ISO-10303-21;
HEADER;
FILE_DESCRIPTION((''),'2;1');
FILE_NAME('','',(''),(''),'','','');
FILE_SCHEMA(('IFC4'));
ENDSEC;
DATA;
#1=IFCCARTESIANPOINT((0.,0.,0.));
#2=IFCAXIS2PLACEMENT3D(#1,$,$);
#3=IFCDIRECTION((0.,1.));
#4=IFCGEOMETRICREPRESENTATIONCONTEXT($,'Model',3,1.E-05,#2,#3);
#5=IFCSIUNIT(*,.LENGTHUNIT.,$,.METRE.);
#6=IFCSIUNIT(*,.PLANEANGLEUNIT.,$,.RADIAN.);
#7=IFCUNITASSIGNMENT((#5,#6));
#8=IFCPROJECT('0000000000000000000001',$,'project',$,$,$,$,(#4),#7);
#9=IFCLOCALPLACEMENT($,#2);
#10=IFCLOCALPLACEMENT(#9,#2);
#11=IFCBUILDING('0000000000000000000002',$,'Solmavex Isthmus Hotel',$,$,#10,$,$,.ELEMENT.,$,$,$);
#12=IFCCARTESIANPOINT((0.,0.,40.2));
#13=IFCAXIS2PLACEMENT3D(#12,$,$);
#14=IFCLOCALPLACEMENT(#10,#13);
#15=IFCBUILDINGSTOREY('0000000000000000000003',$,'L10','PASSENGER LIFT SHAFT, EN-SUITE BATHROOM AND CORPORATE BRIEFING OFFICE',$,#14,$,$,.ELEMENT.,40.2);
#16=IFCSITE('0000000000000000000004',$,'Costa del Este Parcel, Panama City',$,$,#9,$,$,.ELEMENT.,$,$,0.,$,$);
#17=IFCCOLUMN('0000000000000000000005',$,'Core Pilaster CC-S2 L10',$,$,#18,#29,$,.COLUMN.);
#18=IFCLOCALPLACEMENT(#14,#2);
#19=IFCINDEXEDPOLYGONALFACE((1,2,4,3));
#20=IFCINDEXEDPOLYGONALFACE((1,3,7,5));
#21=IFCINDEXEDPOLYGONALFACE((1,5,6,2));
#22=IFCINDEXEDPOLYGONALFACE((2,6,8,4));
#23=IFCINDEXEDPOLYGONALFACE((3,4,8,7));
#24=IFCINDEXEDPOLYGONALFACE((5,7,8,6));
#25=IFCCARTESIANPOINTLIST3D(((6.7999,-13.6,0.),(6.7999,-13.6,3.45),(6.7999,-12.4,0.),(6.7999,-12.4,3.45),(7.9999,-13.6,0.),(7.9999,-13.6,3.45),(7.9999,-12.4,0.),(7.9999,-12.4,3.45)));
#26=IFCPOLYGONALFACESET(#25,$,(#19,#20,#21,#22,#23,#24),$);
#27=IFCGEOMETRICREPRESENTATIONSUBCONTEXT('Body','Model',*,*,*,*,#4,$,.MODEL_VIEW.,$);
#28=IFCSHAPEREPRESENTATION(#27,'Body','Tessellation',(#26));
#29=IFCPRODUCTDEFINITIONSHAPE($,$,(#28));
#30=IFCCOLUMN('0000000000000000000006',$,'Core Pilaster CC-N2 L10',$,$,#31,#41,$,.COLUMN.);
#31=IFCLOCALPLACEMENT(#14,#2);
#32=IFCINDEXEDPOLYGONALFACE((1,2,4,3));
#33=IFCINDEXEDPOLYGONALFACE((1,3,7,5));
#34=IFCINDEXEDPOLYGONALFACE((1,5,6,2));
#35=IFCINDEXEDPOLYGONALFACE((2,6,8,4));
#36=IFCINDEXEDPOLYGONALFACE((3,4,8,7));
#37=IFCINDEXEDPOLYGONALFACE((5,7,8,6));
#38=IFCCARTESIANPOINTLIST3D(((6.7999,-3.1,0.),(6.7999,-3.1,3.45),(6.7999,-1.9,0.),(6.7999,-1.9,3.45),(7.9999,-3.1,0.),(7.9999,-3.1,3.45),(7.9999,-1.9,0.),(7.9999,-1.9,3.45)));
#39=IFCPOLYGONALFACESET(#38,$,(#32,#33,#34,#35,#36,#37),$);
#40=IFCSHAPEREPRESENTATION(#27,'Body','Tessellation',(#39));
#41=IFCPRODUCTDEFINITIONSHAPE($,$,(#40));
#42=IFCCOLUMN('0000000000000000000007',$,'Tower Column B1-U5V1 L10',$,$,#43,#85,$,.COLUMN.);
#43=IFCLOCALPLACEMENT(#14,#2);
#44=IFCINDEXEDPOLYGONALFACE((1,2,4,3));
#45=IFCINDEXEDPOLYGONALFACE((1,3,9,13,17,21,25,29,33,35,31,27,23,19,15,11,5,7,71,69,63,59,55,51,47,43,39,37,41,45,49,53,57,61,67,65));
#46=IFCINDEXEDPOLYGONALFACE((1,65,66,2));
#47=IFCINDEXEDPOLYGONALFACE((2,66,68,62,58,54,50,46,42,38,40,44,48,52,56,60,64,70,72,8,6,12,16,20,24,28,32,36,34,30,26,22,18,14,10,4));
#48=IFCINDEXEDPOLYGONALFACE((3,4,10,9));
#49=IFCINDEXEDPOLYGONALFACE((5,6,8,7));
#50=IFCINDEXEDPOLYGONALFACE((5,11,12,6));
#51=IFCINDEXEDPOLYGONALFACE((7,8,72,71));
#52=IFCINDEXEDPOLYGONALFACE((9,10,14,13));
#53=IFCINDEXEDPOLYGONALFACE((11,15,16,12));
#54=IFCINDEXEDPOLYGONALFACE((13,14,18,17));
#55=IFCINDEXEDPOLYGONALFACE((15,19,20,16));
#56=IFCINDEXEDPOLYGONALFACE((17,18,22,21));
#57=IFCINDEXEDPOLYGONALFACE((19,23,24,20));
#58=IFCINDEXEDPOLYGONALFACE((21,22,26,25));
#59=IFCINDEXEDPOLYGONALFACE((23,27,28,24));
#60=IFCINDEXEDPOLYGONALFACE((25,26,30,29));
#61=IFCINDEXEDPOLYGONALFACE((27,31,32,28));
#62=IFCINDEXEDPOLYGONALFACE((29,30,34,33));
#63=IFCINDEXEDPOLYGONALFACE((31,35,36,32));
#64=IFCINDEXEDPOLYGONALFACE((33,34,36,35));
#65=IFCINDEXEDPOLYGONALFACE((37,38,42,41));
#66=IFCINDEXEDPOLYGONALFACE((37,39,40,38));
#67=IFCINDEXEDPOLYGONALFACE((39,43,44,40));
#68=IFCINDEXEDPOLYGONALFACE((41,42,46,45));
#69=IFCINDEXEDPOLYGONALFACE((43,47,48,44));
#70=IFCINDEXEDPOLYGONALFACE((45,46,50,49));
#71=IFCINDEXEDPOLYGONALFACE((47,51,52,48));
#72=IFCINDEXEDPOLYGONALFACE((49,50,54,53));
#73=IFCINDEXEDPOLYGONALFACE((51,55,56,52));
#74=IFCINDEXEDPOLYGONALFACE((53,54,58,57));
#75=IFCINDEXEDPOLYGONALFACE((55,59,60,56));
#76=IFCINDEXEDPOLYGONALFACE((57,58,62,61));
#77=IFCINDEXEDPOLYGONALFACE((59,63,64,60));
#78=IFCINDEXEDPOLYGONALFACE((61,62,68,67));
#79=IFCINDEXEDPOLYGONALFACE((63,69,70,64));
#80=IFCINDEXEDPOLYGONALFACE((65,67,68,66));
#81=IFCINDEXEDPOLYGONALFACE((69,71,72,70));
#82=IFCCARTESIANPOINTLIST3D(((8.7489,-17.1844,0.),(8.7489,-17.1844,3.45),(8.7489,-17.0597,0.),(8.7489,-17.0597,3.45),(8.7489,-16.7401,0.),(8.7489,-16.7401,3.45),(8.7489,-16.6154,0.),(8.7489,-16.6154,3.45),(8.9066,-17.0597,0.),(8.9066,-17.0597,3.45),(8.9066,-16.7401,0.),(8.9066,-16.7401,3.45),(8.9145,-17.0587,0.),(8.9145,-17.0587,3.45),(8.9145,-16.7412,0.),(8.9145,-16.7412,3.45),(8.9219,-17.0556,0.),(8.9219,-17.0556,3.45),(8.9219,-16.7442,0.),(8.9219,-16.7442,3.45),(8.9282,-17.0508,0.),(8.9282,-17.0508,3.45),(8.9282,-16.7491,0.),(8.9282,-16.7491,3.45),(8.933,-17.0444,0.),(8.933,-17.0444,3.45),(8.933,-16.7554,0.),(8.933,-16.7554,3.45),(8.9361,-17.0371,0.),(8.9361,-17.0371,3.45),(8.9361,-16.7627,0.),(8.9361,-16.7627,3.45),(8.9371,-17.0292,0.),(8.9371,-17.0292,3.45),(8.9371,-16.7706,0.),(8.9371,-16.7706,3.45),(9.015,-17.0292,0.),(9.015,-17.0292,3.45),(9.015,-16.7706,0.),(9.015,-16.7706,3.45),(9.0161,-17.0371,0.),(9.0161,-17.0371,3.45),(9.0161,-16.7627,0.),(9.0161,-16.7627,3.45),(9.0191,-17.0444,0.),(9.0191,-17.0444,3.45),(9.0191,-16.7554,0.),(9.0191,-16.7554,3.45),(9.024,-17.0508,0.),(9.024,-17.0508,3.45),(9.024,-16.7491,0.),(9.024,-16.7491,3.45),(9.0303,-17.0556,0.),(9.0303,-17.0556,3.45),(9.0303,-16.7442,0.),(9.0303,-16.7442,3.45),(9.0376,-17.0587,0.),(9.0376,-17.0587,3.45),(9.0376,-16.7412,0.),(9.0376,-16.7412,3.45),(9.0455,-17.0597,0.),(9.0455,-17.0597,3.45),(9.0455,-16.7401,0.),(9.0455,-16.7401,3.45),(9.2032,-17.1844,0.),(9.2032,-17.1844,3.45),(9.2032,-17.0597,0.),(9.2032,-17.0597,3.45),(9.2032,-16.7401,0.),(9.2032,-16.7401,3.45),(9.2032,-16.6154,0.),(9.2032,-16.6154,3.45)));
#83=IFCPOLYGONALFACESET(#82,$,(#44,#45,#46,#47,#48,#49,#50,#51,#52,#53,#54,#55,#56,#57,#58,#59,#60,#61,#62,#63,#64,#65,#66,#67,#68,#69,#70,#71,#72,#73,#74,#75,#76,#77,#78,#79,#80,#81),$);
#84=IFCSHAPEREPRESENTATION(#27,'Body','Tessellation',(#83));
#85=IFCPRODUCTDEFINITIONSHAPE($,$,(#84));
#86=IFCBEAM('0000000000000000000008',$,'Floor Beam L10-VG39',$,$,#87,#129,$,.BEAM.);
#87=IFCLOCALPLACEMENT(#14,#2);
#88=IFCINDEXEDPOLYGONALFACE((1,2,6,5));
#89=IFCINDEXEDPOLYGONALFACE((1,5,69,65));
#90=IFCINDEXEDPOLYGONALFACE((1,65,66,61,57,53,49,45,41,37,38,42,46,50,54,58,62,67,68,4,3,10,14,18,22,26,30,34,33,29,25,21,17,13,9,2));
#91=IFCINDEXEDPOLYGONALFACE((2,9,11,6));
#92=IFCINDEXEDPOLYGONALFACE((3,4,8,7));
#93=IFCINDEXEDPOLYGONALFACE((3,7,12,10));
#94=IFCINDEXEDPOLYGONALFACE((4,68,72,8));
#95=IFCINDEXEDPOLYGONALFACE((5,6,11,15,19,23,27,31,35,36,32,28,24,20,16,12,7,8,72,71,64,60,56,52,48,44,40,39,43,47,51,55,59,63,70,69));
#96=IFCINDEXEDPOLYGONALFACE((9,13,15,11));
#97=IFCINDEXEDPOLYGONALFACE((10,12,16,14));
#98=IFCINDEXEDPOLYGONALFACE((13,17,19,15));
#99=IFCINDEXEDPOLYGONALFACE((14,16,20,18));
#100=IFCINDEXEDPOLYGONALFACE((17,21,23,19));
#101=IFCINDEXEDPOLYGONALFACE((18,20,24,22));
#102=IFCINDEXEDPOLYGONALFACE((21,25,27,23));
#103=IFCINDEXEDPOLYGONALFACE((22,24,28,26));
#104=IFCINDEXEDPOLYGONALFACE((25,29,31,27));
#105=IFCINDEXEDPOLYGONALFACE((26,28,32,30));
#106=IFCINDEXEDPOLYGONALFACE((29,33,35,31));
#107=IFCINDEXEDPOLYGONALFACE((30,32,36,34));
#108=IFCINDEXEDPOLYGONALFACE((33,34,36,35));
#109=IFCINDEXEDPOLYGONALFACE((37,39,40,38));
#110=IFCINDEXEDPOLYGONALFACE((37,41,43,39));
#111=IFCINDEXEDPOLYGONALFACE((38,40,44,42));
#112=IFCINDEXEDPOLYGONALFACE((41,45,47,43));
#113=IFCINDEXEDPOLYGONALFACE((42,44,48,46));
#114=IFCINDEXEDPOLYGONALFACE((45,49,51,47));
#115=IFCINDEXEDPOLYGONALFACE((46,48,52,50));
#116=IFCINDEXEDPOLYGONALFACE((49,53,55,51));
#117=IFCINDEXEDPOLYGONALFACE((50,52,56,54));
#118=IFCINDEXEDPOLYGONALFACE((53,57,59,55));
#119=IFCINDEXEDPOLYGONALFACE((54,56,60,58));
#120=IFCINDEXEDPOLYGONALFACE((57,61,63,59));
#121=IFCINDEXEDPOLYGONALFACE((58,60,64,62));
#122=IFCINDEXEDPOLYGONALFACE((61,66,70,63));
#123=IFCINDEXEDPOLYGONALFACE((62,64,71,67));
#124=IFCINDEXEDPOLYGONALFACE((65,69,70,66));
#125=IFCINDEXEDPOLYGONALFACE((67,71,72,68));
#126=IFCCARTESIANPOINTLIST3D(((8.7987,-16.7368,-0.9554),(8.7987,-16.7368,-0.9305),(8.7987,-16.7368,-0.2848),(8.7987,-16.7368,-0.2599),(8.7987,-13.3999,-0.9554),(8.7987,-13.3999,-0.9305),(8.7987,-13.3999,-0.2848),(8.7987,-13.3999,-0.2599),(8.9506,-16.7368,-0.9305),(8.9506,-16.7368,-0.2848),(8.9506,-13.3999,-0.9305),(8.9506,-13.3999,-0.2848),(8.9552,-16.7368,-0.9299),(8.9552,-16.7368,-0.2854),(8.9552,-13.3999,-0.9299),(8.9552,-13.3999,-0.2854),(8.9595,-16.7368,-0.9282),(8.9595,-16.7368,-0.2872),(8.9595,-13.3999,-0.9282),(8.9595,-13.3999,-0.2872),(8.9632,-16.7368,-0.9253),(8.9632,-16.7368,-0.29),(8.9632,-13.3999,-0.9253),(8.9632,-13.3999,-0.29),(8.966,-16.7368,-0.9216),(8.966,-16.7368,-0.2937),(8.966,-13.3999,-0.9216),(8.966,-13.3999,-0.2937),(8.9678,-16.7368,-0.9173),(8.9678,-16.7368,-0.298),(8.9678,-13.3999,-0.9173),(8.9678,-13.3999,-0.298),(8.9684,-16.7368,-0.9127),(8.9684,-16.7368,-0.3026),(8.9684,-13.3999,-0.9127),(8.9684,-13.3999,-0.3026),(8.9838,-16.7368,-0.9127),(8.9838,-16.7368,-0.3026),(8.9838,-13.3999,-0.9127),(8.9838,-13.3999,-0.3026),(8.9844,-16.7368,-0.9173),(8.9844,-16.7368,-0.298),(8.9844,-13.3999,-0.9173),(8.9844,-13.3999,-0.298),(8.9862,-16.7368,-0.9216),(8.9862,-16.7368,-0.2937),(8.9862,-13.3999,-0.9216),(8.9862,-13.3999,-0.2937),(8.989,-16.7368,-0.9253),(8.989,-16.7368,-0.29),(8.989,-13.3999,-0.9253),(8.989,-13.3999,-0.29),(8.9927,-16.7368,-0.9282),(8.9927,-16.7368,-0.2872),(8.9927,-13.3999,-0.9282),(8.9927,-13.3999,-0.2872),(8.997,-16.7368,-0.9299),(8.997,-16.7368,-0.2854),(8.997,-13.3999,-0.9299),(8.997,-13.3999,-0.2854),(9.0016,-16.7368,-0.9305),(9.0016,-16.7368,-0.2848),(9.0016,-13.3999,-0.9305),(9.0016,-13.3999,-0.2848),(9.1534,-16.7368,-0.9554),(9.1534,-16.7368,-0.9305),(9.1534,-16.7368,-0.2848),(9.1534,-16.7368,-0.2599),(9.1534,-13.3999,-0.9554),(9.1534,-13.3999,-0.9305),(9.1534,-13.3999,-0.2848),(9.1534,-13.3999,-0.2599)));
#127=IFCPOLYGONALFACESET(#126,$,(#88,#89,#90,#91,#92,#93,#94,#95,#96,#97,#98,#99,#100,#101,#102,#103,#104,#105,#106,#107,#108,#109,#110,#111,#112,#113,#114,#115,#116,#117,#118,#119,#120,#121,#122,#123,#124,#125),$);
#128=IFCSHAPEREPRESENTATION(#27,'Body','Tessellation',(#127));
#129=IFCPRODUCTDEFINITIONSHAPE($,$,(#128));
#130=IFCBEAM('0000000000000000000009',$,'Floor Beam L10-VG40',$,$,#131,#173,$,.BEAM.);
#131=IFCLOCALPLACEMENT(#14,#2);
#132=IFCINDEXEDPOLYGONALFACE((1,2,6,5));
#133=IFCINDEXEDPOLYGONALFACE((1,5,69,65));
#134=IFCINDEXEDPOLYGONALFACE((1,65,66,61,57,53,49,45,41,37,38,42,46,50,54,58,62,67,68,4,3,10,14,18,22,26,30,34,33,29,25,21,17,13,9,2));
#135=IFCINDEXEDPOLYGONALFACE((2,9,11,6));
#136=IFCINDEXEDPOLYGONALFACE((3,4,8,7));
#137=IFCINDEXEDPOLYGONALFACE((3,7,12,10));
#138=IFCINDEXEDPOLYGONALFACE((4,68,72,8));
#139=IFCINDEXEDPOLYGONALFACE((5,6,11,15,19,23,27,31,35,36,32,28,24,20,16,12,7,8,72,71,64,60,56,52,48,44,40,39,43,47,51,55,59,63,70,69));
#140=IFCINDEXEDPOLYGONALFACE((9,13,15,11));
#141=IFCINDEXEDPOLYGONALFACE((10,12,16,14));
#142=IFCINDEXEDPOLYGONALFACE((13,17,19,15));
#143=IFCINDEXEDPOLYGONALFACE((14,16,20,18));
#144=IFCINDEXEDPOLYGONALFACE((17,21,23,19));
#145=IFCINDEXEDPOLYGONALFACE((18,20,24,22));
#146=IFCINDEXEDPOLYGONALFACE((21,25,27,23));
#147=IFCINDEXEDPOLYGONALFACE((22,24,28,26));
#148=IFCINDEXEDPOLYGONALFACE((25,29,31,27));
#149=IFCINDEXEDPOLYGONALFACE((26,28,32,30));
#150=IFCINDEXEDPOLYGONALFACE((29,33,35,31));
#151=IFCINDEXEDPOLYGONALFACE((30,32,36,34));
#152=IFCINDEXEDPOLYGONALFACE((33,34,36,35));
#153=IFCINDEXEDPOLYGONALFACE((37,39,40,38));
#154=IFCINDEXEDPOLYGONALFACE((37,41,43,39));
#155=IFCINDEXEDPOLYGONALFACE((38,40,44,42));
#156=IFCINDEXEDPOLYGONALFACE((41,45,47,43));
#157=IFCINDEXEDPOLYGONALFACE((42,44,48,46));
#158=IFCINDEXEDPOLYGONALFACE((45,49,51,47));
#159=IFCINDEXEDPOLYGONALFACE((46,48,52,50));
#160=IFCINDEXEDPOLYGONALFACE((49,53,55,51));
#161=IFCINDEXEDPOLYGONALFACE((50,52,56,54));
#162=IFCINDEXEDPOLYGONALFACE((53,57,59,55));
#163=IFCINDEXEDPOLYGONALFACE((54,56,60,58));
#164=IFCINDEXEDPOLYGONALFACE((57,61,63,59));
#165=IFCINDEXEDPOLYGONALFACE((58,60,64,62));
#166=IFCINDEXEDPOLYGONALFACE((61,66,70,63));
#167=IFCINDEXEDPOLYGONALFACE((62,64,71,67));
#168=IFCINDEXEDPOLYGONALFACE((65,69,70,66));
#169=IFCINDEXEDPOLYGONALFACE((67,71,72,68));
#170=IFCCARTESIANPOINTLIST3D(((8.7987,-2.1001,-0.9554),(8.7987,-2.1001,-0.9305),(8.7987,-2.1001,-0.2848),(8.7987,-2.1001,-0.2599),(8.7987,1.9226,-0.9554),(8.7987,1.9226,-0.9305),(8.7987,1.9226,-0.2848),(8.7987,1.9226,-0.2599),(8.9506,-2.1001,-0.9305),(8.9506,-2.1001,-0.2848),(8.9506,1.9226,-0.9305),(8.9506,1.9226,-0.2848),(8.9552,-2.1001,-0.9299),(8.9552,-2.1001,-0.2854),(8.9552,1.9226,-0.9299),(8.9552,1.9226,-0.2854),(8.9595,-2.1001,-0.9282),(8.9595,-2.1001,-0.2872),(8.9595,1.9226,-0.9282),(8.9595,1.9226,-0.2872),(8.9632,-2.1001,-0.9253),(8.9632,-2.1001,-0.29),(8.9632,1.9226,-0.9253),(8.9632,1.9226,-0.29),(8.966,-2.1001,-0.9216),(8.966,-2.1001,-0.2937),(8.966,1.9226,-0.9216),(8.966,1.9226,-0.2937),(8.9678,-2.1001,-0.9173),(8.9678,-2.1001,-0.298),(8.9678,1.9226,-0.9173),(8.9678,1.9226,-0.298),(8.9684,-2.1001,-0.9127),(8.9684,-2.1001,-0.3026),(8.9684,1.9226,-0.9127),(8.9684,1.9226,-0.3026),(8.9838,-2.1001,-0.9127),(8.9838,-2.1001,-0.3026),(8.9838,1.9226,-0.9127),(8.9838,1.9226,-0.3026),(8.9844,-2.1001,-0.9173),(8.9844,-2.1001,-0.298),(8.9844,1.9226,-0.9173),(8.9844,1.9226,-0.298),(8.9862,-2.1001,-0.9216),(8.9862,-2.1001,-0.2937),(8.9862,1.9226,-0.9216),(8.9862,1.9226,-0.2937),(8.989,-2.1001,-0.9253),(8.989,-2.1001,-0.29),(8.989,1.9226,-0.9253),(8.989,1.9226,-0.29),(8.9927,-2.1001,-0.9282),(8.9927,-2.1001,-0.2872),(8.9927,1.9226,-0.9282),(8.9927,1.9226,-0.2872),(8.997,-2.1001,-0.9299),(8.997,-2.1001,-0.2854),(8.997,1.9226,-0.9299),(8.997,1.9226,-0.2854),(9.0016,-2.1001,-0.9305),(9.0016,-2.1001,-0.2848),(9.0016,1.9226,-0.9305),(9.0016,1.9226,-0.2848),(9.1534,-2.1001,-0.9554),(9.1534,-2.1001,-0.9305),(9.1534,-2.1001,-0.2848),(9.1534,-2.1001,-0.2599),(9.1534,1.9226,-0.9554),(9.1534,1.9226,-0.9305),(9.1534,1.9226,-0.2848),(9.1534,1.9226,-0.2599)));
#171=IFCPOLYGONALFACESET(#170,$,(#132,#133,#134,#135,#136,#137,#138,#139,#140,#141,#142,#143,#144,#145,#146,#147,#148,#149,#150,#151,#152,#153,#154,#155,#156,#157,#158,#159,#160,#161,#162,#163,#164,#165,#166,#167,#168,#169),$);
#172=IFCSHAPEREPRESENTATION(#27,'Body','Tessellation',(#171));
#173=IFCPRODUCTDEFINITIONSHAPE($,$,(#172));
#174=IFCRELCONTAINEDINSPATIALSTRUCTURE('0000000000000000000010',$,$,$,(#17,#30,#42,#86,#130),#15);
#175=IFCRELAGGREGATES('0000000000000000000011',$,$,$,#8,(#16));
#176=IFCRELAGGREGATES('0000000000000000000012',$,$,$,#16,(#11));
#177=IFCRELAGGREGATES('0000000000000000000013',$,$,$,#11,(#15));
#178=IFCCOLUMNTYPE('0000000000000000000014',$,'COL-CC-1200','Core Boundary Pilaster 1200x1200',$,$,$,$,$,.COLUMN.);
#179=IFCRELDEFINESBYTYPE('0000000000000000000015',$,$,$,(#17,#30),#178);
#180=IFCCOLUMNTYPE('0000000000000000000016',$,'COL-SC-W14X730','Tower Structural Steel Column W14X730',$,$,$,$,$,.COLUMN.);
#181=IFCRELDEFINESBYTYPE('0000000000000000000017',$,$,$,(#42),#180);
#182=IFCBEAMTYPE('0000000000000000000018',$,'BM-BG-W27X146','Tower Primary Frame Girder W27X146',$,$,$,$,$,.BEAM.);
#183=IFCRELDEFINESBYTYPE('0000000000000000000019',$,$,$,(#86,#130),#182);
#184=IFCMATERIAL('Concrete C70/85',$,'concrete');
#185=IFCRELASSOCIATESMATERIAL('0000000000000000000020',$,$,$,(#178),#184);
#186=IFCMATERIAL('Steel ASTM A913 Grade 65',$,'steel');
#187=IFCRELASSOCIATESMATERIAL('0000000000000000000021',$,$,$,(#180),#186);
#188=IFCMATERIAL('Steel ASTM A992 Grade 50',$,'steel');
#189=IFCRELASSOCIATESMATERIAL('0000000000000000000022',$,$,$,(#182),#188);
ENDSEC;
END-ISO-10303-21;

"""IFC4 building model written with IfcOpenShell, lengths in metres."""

from ifc_helpers import new_model, si_unit, direction, frame, origin, origin_2d, place, context, subcontext, project, spatial, rectangle, i_section, extrude, material, material_profile, profile_set, type_object, element, save


model = new_model("IFC4")

# Units and contexts
model_context = context("Model", 3, precision=1e-05, world=origin(), true_north=direction((0.0, 1.0)))
body_context = subcontext(model_context, "Body", "Model", "MODEL_VIEW")
ifc_project = project(units=[si_unit("LENGTHUNIT", "METRE"), si_unit("PLANEANGLEUNIT", "RADIAN")], contexts=[model_context])

# Site, building, storey
site_placement = place(None, origin())
site = spatial("IfcSite", under=ifc_project, at=site_placement, Name="Costa del Este Parcel, Panama City", CompositionType="ELEMENT", RefElevation=0.0)
building_placement = place(site_placement, origin())
building = spatial("IfcBuilding", under=site, at=building_placement, Name="Solmavex Isthmus Hotel", CompositionType="ELEMENT")
storey_placement = place(building_placement, frame((0.0, 0.0, 40.2)))
storey = spatial("IfcBuildingStorey", under=building, at=storey_placement, Name="L10", Description="PASSENGER LIFT SHAFT, EN-SUITE BATHROOM AND CORPORATE BRIEFING OFFICE", CompositionType="ELEMENT", Elevation=40.2)

# Columns
ifc_material_1 = material(Name="Concrete C70/85", Category="concrete")
ifc_material_profile_1 = material_profile(ifc_material_1, rectangle(XDim=1.2, YDim=1.2, at=origin_2d()), Name="RC1200X1200")
ifc_profile_set_1 = profile_set([ifc_material_profile_1], Name="Concrete C70/85")
column_type_1 = type_object("IfcColumnType", Name="COL-CC-1200", Description="Core Boundary Pilaster 1200x1200", PredefinedType="COLUMN", material=ifc_profile_set_1)
for number, where, z_axis, x_axis, name in (
    (1, (7.3999, -13.0, 0.0), (0.0, 0.0, 1.0), (1.0, 0.0, 0.0), "Core Pilaster CC-S2 L10"),
    (2, (7.3999, -2.5, 0.0), (0.0, 0.0, 1.0), (1.0, 0.0, 0.0), "Core Pilaster CC-N2 L10"),
):
    element("IfcColumn", number, at=place(storey_placement, frame(where, z_axis=z_axis, x_axis=x_axis)), inside=storey, type_object=column_type_1, Name=name, PredefinedType="COLUMN", context=body_context, shape_type="SweptSolid", body=[
        extrude(rectangle(XDim=1.2, YDim=1.2, at=origin_2d()), origin(), (0.0, 0.0, 1.0), 3.45),
    ])
ifc_material_2 = material(Name="Steel ASTM A913 Grade 65", Category="steel")
ifc_material_profile_2 = material_profile(ifc_material_2, i_section(OverallWidth=0.4543, OverallDepth=0.5691, WebThickness=0.0779, FlangeThickness=0.1248, FilletRadius=0.0305, at=origin_2d()), Name="W14X730")
ifc_profile_set_2 = profile_set([ifc_material_profile_2], Name="Steel ASTM A913 Grade 65")
column_type_2 = type_object("IfcColumnType", Name="COL-SC-W14X730", Description="Tower Structural Steel Column W14X730", PredefinedType="COLUMN", material=ifc_profile_set_2)
column_placement = place(storey_placement, frame((8.9761, -16.8999, 0.0), z_axis=(0.0, 0.0, 1.0), x_axis=(1.0, 0.0, 0.0)))
element("IfcColumn", 3, at=column_placement, inside=storey, type_object=column_type_2, Name="Tower Column B1-U5V1 L10", PredefinedType="COLUMN", context=body_context, shape_type="SweptSolid", body=[
    extrude(i_section(OverallWidth=0.4543, OverallDepth=0.5691, WebThickness=0.0779, FlangeThickness=0.1248, FilletRadius=0.0305, at=origin_2d()), origin(), (0.0, 0.0, 1.0), 3.45),
])

# Beams
ifc_material_3 = material(Name="Steel ASTM A992 Grade 50", Category="steel")
ifc_material_profile_3 = material_profile(ifc_material_3, i_section(OverallWidth=0.3547, OverallDepth=0.6956, WebThickness=0.0154, FlangeThickness=0.0249, FilletRadius=0.0178, at=origin_2d()), Name="W27X146")
ifc_profile_set_3 = profile_set([ifc_material_profile_3], Name="Steel ASTM A992 Grade 50")
beam_type_1 = type_object("IfcBeamType", Name="BM-BG-W27X146", Description="Tower Primary Frame Girder W27X146", PredefinedType="BEAM", material=ifc_profile_set_3)
beam_1_placement = place(storey_placement, frame((8.9761, -16.7368, -0.6077), z_axis=(0.0, 1.0, 0.0), x_axis=(-1.0, 0.0, 0.0)))
element("IfcBeam", 4, at=beam_1_placement, inside=storey, type_object=beam_type_1, Name="Floor Beam L10-VG39", PredefinedType="BEAM", context=body_context, shape_type="SweptSolid", body=[
    extrude(i_section(OverallWidth=0.3547, OverallDepth=0.6956, WebThickness=0.0154, FlangeThickness=0.0249, FilletRadius=0.0178, at=origin_2d()), origin(), (0.0, 0.0, 1.0), 3.3369),
])
beam_2_placement = place(storey_placement, frame((8.9761, -2.1001, -0.6077), z_axis=(0.0, 1.0, 0.0), x_axis=(-1.0, 0.0, 0.0)))
element("IfcBeam", 5, at=beam_2_placement, inside=storey, type_object=beam_type_1, Name="Floor Beam L10-VG40", PredefinedType="BEAM", context=body_context, shape_type="SweptSolid", body=[
    extrude(i_section(OverallWidth=0.3547, OverallDepth=0.6956, WebThickness=0.0154, FlangeThickness=0.0249, FilletRadius=0.0178, at=origin_2d()), origin(), (0.0, 0.0, 1.0), 4.0227),
])

save(model, "model.ifc")
